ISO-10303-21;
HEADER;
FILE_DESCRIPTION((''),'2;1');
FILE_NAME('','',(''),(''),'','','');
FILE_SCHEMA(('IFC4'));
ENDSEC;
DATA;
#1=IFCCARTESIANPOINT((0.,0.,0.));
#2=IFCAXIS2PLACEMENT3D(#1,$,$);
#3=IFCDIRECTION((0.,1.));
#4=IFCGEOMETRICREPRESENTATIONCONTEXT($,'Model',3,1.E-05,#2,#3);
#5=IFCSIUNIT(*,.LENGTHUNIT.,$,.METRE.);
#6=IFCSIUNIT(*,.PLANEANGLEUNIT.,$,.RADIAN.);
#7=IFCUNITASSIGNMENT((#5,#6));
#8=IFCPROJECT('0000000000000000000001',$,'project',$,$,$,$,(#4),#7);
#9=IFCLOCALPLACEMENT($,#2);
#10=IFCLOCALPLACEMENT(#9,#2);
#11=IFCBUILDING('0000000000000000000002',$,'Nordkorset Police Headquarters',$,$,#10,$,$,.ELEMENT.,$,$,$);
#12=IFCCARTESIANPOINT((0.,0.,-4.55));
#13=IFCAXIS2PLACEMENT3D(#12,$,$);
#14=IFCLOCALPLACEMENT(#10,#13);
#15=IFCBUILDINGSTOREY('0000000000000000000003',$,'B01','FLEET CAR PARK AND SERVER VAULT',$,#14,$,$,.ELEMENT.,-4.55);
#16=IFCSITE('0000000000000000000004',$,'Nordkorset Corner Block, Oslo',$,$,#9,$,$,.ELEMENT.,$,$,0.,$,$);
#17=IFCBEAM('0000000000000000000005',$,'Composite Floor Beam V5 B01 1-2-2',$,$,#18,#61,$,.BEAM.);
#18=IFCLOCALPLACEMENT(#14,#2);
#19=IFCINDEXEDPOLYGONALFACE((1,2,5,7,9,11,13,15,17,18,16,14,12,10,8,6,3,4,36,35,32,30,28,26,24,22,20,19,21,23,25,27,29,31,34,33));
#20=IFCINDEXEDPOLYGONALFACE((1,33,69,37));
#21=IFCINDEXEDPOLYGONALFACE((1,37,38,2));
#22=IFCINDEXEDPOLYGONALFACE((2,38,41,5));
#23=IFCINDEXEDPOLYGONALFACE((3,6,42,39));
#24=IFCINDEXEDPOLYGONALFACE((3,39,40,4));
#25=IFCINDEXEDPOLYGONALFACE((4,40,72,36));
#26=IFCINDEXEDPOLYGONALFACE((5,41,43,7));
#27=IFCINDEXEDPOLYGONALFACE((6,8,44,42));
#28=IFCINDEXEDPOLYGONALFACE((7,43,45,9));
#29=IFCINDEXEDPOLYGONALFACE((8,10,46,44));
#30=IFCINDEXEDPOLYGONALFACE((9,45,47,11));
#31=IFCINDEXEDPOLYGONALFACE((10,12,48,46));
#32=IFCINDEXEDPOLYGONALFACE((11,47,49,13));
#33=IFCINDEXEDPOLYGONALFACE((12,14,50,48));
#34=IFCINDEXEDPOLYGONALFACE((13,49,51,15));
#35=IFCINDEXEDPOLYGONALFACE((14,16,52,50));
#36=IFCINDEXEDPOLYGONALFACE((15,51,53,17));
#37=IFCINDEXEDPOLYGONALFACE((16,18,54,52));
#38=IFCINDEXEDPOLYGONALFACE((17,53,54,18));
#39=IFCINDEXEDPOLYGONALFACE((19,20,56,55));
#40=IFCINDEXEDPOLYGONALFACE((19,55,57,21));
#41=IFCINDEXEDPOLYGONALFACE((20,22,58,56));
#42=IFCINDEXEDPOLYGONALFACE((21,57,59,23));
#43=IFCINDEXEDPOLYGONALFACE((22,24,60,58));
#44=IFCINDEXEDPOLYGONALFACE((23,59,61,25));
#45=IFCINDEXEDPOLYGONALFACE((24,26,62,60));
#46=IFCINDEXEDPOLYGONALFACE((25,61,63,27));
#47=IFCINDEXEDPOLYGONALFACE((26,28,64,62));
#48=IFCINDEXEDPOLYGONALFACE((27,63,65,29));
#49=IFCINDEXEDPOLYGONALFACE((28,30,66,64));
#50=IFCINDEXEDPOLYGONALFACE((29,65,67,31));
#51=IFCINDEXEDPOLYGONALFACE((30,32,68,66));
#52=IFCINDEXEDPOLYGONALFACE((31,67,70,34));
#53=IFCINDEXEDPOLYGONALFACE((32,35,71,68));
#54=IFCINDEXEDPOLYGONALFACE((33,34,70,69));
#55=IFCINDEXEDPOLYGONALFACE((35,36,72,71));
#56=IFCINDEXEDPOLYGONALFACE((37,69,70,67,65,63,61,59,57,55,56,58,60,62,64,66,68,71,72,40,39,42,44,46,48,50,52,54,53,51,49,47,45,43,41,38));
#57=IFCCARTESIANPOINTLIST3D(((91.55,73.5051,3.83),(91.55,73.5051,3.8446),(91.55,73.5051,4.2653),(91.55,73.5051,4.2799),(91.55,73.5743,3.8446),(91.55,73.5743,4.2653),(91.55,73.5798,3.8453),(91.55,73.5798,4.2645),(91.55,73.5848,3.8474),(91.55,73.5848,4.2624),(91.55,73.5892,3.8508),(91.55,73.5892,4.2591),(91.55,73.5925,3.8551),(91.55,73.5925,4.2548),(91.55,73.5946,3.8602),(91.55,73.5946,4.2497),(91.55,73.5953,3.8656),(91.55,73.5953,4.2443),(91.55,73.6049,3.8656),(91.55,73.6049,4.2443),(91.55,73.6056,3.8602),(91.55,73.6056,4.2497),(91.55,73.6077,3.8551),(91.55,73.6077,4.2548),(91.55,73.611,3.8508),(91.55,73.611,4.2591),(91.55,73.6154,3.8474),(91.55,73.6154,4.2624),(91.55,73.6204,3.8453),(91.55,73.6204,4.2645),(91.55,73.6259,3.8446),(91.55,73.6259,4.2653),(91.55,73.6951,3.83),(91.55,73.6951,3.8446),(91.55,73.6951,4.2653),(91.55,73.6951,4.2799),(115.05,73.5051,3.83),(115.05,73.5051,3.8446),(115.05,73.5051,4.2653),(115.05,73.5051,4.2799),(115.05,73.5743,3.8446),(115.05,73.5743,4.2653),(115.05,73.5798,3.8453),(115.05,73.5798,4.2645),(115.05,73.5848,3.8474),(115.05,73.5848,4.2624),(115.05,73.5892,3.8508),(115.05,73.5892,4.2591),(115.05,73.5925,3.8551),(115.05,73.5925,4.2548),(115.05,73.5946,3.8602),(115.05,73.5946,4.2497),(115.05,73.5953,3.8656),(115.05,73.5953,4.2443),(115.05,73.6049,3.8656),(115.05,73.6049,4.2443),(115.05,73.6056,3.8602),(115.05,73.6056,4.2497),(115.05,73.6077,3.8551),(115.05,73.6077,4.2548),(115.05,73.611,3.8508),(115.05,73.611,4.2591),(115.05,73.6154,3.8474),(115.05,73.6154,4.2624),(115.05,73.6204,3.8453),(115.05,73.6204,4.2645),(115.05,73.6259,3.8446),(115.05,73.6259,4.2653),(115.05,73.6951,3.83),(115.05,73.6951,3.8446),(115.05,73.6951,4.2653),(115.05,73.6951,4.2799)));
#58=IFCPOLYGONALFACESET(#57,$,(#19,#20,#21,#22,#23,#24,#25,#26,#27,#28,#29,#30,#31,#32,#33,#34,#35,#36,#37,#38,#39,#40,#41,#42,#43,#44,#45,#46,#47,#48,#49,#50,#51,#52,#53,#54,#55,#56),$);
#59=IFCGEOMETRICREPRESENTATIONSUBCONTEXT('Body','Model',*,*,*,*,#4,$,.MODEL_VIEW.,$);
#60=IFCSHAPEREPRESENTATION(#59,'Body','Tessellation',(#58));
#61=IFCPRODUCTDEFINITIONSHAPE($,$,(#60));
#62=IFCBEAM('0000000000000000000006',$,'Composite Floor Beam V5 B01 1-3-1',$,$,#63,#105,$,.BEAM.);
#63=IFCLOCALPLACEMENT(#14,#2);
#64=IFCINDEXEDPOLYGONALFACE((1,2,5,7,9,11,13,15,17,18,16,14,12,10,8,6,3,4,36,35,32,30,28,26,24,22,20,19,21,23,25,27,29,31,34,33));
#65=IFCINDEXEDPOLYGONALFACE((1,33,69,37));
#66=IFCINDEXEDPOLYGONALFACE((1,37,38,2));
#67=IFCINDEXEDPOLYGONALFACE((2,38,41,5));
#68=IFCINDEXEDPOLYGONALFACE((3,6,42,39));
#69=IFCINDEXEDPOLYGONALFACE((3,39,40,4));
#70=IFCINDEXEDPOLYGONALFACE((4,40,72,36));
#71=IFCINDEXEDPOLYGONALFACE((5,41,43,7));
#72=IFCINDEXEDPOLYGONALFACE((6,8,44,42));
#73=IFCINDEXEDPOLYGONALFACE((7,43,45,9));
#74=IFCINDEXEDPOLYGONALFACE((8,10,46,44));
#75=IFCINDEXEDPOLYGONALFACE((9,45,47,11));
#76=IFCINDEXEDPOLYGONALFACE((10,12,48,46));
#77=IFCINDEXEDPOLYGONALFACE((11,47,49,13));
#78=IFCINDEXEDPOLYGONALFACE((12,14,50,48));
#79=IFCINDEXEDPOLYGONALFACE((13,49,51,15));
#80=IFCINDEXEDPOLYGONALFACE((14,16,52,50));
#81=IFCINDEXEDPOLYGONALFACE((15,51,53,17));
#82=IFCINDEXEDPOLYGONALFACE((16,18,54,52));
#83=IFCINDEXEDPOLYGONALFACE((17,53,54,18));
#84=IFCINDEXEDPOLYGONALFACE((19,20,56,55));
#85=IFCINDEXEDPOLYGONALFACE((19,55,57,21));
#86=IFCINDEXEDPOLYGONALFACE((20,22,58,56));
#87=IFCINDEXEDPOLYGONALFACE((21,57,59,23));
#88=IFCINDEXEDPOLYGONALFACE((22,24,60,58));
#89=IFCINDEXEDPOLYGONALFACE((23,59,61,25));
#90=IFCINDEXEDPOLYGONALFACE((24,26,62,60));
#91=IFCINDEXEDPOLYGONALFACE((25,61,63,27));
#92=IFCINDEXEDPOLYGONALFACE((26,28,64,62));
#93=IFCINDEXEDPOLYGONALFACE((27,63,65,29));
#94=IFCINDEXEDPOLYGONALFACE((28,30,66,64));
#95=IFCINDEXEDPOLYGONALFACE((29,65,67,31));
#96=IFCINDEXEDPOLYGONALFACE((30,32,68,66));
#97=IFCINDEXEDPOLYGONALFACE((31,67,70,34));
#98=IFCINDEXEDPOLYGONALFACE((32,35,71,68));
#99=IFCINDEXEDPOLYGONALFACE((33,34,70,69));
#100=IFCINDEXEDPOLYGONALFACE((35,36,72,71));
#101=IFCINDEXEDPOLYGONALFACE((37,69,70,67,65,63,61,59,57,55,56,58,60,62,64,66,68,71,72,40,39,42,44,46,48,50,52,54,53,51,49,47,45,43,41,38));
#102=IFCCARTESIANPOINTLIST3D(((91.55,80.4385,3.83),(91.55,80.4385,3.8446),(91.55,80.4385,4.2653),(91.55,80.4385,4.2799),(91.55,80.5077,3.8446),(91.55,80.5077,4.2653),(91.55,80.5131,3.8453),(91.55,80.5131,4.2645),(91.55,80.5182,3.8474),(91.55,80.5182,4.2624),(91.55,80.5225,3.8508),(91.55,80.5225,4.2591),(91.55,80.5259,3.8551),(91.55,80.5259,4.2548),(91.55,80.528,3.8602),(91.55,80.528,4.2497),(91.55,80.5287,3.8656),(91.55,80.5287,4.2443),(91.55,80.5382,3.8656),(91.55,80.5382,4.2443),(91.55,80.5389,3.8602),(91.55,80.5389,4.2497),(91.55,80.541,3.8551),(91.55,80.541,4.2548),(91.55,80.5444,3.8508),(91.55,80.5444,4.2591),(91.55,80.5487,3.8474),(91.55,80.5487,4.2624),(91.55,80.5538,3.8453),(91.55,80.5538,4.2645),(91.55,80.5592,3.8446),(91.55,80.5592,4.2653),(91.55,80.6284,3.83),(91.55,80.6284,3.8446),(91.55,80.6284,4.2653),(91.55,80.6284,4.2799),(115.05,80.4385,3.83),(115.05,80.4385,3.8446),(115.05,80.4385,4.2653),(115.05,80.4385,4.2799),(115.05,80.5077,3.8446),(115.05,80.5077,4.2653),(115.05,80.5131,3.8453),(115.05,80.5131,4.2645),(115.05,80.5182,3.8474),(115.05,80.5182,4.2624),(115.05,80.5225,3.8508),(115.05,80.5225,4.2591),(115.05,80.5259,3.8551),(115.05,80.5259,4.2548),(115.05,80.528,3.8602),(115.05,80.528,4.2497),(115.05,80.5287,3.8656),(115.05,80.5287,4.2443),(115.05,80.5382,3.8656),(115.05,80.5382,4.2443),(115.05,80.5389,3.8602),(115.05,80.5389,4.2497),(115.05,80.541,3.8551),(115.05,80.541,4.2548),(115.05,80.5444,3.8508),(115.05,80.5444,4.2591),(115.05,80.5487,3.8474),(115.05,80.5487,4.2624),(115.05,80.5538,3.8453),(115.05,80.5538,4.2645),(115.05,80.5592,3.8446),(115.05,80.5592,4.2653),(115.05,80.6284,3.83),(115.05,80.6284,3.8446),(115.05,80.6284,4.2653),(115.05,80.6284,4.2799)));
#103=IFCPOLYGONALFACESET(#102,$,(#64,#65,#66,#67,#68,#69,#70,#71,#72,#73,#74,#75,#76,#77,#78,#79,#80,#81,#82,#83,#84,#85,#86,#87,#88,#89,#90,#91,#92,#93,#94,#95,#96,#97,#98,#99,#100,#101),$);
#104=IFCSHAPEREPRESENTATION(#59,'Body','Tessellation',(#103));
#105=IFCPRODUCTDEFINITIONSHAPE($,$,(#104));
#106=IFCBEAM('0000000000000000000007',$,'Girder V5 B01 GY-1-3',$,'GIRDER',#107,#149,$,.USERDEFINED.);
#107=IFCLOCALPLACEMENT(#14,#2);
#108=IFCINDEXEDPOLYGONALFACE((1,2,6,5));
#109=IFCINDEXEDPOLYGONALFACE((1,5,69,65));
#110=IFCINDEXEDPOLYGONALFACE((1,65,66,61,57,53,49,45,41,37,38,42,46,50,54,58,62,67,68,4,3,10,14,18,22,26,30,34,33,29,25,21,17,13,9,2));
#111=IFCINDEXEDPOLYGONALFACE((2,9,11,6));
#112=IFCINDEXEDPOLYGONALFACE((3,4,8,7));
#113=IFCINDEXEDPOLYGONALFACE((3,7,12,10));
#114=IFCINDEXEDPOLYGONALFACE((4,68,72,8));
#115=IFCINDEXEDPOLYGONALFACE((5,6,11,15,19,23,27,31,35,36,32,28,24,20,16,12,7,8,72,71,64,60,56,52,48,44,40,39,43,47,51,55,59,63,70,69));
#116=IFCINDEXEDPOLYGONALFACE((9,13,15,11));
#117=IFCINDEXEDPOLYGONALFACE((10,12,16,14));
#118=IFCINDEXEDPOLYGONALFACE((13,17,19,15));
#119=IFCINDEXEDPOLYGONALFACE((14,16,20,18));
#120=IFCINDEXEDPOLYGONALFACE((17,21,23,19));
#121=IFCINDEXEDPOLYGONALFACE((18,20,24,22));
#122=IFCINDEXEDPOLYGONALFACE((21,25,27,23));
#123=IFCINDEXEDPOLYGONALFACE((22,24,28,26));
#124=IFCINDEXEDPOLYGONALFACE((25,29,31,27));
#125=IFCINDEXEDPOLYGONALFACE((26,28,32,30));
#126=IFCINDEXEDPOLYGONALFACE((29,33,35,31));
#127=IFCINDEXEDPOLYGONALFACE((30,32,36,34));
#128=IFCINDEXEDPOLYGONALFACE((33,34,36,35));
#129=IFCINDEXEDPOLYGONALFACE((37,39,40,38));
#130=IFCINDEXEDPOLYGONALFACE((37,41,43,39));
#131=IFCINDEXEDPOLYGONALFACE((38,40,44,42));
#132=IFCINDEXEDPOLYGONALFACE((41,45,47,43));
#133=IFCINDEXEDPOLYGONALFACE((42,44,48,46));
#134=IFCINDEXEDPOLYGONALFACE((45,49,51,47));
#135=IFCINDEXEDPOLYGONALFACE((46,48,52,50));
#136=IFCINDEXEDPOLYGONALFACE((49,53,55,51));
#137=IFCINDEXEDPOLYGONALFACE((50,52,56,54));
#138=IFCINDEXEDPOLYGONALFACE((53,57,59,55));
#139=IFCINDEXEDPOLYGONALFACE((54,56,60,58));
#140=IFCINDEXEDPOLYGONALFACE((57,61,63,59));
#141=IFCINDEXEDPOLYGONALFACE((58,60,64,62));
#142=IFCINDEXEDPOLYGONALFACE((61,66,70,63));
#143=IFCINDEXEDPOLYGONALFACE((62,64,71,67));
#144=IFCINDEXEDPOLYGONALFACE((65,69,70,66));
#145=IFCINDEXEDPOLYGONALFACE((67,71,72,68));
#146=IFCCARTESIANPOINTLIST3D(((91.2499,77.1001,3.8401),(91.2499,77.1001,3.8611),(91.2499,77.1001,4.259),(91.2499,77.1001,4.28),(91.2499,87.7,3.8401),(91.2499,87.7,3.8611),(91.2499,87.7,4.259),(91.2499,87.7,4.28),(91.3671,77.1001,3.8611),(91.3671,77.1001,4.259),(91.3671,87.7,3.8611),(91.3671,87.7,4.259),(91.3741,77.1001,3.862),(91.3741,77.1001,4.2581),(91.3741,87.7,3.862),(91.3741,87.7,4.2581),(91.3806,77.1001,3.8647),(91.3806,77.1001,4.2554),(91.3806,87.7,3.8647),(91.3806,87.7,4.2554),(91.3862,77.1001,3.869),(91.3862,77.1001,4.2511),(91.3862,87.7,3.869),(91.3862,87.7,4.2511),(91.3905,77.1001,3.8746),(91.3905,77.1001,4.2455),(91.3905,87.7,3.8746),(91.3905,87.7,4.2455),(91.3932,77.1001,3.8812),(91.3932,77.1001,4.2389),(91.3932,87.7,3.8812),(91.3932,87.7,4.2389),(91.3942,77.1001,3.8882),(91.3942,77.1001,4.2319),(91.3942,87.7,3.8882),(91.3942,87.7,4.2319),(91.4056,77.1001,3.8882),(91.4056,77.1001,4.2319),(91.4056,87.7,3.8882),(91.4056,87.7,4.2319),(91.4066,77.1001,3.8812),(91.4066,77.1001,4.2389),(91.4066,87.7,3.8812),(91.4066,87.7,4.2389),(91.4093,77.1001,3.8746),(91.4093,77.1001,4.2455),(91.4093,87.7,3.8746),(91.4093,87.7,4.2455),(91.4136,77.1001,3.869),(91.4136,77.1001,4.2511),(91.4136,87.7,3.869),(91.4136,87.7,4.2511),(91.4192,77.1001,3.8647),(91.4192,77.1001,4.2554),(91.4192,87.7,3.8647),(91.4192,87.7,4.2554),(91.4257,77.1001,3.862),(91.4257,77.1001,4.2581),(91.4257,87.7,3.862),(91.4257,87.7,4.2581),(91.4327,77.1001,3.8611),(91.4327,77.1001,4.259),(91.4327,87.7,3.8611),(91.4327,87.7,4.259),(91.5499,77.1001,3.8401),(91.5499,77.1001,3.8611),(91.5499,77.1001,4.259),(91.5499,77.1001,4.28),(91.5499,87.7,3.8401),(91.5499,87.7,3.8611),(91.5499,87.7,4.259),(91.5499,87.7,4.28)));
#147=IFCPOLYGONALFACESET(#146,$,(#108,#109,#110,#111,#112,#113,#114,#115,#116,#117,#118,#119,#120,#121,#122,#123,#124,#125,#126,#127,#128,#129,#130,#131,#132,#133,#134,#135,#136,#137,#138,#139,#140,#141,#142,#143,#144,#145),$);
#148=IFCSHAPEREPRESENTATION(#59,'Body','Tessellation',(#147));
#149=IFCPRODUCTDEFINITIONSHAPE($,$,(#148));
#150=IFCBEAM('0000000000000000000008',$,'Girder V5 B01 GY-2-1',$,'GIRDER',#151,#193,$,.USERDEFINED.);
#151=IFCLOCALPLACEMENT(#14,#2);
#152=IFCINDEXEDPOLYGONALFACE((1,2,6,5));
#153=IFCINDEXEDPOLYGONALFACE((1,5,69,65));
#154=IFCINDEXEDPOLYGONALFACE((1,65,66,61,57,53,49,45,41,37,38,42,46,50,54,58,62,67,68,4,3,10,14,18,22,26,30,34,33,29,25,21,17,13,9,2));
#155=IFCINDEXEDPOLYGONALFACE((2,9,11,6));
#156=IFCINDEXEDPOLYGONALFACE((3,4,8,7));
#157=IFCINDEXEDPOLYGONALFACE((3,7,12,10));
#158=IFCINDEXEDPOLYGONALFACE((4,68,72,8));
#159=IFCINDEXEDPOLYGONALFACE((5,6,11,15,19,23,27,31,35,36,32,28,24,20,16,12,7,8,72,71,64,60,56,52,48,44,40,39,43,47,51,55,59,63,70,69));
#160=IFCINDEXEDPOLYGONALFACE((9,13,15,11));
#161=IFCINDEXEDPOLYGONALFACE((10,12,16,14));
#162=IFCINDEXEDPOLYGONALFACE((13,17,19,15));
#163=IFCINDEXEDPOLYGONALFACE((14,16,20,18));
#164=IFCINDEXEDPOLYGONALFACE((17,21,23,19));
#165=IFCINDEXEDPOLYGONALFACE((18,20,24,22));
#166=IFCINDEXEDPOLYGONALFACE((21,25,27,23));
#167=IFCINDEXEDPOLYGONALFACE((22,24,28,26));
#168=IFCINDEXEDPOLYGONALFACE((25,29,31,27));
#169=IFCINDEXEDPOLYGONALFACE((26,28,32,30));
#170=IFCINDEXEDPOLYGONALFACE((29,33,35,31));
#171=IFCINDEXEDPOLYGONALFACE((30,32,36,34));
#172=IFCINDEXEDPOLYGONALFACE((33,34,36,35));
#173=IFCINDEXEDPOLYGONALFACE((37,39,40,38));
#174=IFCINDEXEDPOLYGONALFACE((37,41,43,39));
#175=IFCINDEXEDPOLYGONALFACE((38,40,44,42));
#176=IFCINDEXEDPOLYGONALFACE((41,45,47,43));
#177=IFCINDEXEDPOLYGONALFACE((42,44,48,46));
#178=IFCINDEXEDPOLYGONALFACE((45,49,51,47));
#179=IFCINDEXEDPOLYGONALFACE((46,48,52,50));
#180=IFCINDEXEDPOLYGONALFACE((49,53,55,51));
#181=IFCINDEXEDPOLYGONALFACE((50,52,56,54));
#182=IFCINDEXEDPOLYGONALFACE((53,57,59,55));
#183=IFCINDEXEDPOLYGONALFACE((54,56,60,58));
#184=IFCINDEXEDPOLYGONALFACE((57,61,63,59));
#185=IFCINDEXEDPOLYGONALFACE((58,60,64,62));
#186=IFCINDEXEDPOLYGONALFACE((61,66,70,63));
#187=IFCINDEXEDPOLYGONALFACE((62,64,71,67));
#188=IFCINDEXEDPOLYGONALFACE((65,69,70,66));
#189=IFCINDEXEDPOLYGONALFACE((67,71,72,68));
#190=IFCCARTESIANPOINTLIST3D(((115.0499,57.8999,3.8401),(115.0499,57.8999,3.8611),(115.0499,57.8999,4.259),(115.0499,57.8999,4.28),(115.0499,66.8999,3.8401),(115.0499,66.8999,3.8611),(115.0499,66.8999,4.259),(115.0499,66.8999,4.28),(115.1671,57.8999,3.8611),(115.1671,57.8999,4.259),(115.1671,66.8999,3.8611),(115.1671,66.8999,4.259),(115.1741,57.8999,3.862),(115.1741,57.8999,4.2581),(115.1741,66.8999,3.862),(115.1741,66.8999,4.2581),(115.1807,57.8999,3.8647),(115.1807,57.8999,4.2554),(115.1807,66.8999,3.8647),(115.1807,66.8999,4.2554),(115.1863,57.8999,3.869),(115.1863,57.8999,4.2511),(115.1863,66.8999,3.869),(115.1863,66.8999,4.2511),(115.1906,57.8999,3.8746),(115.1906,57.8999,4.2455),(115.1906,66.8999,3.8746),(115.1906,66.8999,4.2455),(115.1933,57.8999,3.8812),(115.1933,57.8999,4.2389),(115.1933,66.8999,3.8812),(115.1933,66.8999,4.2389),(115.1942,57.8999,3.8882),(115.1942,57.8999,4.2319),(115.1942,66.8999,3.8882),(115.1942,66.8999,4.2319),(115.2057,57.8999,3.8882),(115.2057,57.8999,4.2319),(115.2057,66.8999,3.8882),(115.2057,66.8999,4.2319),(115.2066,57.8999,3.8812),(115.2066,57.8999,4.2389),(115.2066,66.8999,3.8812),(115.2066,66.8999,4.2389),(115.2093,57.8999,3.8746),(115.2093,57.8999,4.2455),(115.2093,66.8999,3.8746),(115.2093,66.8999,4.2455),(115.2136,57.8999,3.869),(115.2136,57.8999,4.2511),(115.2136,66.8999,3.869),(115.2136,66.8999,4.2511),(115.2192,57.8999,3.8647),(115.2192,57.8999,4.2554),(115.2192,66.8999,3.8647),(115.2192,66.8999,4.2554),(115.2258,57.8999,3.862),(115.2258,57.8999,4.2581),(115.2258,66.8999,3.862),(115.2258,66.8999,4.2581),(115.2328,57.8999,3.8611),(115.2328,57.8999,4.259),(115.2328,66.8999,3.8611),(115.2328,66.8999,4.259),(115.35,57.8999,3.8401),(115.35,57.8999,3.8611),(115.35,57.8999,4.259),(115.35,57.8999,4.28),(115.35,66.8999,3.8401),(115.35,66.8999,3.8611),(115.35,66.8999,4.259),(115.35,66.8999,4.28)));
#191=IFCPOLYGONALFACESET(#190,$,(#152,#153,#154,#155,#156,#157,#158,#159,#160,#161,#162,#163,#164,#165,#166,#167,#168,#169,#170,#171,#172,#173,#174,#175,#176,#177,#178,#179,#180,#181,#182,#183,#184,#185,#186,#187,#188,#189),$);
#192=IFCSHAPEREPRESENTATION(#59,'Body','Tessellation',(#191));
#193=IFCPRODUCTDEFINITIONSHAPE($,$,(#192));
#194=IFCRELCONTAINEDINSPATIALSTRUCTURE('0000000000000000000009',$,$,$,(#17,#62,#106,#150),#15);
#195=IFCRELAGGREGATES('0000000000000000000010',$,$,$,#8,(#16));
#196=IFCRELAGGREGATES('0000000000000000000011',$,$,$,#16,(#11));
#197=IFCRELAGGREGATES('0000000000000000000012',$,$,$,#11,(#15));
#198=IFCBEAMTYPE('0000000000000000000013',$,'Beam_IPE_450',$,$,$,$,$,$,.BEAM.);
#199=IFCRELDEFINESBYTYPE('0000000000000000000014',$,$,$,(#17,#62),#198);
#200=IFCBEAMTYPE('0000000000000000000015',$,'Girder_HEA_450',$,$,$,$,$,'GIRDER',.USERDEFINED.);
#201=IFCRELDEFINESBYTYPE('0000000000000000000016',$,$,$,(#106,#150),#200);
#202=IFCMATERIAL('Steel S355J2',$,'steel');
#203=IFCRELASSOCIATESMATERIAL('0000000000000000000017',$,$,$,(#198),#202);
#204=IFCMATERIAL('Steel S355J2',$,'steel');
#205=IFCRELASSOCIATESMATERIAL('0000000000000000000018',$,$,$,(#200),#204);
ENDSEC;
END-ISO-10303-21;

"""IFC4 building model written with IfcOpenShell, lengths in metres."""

from ifc_helpers import new_model, si_unit, direction, frame, origin, origin_2d, place, context, subcontext, project, spatial, i_section, extrude, material, material_profile, profile_set, type_object, element, save


model = new_model("IFC4")

# Units and contexts
model_context = context("Model", 3, precision=1e-05, world=origin(), true_north=direction((0.0, 1.0)))
body_context = subcontext(model_context, "Body", "Model", "MODEL_VIEW")
ifc_project = project(units=[si_unit("LENGTHUNIT", "METRE"), si_unit("PLANEANGLEUNIT", "RADIAN")], contexts=[model_context])

# Site, building, storey
site_placement = place(None, origin())
site = spatial("IfcSite", under=ifc_project, at=site_placement, Name="Nordkorset Corner Block, Oslo", CompositionType="ELEMENT", RefElevation=0.0)
building_placement = place(site_placement, origin())
building = spatial("IfcBuilding", under=site, at=building_placement, Name="Nordkorset Police Headquarters", CompositionType="ELEMENT")
storey_placement = place(building_placement, frame((0.0, 0.0, -4.55)))
storey = spatial("IfcBuildingStorey", under=building, at=storey_placement, Name="B01", Description="FLEET CAR PARK AND SERVER VAULT", CompositionType="ELEMENT", Elevation=-4.55)

# Beams
ifc_material_1 = material(Name="Steel S355J2", Category="steel")
ifc_material_profile_1 = material_profile(ifc_material_1, i_section(OverallWidth=0.1899, OverallDepth=0.45, WebThickness=0.0095, FlangeThickness=0.0146, FilletRadius=0.021, at=origin_2d()), Name="IPE 450")
ifc_profile_set_1 = profile_set([ifc_material_profile_1], Name="Steel S355J2")
beam_type_1 = type_object("IfcBeamType", Name="Beam_IPE_450", PredefinedType="BEAM", material=ifc_profile_set_1)
for number, where, z_axis, x_axis, name in (
    (1, (91.55, 73.6001, 4.0549), (1.0, 0.0, 0.0), (0.0, 1.0, 0.0), "Composite Floor Beam V5 B01 1-2-2"),
    (2, (91.55, 80.5334, 4.0549), (1.0, 0.0, 0.0), (0.0, 1.0, 0.0), "Composite Floor Beam V5 B01 1-3-1"),
):
    element("IfcBeam", number, at=place(storey_placement, frame(where, z_axis=z_axis, x_axis=x_axis)), inside=storey, type_object=beam_type_1, Name=name, PredefinedType="BEAM", context=body_context, shape_type="SweptSolid", body=[
        extrude(i_section(OverallWidth=0.1899, OverallDepth=0.45, WebThickness=0.0095, FlangeThickness=0.0146, FilletRadius=0.021, at=origin_2d()), origin(), (0.0, 0.0, 1.0), 23.5),
    ])
ifc_material_2 = material(Name="Steel S355J2", Category="steel")
ifc_material_profile_2 = material_profile(ifc_material_2, i_section(OverallWidth=0.3, OverallDepth=0.4399, WebThickness=0.0115, FlangeThickness=0.021, FilletRadius=0.0271, at=origin_2d()), Name="HEA 450")
ifc_profile_set_2 = profile_set([ifc_material_profile_2], Name="Steel S355J2")
beam_type_2 = type_object("IfcBeamType", Name="Girder_HEA_450", ElementType="GIRDER", PredefinedType="USERDEFINED", material=ifc_profile_set_2)
beam_1_placement = place(storey_placement, frame((91.3999, 77.1001, 4.0601), z_axis=(0.0, 1.0, 0.0), x_axis=(-1.0, 0.0, 0.0)))
element("IfcBeam", 3, at=beam_1_placement, inside=storey, type_object=beam_type_2, Name="Girder V5 B01 GY-1-3", ObjectType="GIRDER", PredefinedType="USERDEFINED", context=body_context, shape_type="SweptSolid", body=[
    extrude(i_section(OverallWidth=0.3, OverallDepth=0.4399, WebThickness=0.0115, FlangeThickness=0.021, FilletRadius=0.0271, at=origin_2d()), origin(), (0.0, 0.0, 1.0), 10.5999),
])
for number, where, z_axis, x_axis, name in (
    (4, (115.2, 57.8999, 4.0601), (0.0, 1.0, 0.0), (-1.0, 0.0, 0.0), "Girder V5 B01 GY-2-1"),
):
    element("IfcBeam", number, at=place(storey_placement, frame(where, z_axis=z_axis, x_axis=x_axis)), inside=storey, type_object=beam_type_2, Name=name, ObjectType="GIRDER", PredefinedType="USERDEFINED", context=body_context, shape_type="SweptSolid", body=[
        extrude(i_section(OverallWidth=0.3, OverallDepth=0.4399, WebThickness=0.0115, FlangeThickness=0.021, FilletRadius=0.0271, at=origin_2d()), origin(), (0.0, 0.0, 1.0), 9.0),
    ])

save(model, "model.ifc")
